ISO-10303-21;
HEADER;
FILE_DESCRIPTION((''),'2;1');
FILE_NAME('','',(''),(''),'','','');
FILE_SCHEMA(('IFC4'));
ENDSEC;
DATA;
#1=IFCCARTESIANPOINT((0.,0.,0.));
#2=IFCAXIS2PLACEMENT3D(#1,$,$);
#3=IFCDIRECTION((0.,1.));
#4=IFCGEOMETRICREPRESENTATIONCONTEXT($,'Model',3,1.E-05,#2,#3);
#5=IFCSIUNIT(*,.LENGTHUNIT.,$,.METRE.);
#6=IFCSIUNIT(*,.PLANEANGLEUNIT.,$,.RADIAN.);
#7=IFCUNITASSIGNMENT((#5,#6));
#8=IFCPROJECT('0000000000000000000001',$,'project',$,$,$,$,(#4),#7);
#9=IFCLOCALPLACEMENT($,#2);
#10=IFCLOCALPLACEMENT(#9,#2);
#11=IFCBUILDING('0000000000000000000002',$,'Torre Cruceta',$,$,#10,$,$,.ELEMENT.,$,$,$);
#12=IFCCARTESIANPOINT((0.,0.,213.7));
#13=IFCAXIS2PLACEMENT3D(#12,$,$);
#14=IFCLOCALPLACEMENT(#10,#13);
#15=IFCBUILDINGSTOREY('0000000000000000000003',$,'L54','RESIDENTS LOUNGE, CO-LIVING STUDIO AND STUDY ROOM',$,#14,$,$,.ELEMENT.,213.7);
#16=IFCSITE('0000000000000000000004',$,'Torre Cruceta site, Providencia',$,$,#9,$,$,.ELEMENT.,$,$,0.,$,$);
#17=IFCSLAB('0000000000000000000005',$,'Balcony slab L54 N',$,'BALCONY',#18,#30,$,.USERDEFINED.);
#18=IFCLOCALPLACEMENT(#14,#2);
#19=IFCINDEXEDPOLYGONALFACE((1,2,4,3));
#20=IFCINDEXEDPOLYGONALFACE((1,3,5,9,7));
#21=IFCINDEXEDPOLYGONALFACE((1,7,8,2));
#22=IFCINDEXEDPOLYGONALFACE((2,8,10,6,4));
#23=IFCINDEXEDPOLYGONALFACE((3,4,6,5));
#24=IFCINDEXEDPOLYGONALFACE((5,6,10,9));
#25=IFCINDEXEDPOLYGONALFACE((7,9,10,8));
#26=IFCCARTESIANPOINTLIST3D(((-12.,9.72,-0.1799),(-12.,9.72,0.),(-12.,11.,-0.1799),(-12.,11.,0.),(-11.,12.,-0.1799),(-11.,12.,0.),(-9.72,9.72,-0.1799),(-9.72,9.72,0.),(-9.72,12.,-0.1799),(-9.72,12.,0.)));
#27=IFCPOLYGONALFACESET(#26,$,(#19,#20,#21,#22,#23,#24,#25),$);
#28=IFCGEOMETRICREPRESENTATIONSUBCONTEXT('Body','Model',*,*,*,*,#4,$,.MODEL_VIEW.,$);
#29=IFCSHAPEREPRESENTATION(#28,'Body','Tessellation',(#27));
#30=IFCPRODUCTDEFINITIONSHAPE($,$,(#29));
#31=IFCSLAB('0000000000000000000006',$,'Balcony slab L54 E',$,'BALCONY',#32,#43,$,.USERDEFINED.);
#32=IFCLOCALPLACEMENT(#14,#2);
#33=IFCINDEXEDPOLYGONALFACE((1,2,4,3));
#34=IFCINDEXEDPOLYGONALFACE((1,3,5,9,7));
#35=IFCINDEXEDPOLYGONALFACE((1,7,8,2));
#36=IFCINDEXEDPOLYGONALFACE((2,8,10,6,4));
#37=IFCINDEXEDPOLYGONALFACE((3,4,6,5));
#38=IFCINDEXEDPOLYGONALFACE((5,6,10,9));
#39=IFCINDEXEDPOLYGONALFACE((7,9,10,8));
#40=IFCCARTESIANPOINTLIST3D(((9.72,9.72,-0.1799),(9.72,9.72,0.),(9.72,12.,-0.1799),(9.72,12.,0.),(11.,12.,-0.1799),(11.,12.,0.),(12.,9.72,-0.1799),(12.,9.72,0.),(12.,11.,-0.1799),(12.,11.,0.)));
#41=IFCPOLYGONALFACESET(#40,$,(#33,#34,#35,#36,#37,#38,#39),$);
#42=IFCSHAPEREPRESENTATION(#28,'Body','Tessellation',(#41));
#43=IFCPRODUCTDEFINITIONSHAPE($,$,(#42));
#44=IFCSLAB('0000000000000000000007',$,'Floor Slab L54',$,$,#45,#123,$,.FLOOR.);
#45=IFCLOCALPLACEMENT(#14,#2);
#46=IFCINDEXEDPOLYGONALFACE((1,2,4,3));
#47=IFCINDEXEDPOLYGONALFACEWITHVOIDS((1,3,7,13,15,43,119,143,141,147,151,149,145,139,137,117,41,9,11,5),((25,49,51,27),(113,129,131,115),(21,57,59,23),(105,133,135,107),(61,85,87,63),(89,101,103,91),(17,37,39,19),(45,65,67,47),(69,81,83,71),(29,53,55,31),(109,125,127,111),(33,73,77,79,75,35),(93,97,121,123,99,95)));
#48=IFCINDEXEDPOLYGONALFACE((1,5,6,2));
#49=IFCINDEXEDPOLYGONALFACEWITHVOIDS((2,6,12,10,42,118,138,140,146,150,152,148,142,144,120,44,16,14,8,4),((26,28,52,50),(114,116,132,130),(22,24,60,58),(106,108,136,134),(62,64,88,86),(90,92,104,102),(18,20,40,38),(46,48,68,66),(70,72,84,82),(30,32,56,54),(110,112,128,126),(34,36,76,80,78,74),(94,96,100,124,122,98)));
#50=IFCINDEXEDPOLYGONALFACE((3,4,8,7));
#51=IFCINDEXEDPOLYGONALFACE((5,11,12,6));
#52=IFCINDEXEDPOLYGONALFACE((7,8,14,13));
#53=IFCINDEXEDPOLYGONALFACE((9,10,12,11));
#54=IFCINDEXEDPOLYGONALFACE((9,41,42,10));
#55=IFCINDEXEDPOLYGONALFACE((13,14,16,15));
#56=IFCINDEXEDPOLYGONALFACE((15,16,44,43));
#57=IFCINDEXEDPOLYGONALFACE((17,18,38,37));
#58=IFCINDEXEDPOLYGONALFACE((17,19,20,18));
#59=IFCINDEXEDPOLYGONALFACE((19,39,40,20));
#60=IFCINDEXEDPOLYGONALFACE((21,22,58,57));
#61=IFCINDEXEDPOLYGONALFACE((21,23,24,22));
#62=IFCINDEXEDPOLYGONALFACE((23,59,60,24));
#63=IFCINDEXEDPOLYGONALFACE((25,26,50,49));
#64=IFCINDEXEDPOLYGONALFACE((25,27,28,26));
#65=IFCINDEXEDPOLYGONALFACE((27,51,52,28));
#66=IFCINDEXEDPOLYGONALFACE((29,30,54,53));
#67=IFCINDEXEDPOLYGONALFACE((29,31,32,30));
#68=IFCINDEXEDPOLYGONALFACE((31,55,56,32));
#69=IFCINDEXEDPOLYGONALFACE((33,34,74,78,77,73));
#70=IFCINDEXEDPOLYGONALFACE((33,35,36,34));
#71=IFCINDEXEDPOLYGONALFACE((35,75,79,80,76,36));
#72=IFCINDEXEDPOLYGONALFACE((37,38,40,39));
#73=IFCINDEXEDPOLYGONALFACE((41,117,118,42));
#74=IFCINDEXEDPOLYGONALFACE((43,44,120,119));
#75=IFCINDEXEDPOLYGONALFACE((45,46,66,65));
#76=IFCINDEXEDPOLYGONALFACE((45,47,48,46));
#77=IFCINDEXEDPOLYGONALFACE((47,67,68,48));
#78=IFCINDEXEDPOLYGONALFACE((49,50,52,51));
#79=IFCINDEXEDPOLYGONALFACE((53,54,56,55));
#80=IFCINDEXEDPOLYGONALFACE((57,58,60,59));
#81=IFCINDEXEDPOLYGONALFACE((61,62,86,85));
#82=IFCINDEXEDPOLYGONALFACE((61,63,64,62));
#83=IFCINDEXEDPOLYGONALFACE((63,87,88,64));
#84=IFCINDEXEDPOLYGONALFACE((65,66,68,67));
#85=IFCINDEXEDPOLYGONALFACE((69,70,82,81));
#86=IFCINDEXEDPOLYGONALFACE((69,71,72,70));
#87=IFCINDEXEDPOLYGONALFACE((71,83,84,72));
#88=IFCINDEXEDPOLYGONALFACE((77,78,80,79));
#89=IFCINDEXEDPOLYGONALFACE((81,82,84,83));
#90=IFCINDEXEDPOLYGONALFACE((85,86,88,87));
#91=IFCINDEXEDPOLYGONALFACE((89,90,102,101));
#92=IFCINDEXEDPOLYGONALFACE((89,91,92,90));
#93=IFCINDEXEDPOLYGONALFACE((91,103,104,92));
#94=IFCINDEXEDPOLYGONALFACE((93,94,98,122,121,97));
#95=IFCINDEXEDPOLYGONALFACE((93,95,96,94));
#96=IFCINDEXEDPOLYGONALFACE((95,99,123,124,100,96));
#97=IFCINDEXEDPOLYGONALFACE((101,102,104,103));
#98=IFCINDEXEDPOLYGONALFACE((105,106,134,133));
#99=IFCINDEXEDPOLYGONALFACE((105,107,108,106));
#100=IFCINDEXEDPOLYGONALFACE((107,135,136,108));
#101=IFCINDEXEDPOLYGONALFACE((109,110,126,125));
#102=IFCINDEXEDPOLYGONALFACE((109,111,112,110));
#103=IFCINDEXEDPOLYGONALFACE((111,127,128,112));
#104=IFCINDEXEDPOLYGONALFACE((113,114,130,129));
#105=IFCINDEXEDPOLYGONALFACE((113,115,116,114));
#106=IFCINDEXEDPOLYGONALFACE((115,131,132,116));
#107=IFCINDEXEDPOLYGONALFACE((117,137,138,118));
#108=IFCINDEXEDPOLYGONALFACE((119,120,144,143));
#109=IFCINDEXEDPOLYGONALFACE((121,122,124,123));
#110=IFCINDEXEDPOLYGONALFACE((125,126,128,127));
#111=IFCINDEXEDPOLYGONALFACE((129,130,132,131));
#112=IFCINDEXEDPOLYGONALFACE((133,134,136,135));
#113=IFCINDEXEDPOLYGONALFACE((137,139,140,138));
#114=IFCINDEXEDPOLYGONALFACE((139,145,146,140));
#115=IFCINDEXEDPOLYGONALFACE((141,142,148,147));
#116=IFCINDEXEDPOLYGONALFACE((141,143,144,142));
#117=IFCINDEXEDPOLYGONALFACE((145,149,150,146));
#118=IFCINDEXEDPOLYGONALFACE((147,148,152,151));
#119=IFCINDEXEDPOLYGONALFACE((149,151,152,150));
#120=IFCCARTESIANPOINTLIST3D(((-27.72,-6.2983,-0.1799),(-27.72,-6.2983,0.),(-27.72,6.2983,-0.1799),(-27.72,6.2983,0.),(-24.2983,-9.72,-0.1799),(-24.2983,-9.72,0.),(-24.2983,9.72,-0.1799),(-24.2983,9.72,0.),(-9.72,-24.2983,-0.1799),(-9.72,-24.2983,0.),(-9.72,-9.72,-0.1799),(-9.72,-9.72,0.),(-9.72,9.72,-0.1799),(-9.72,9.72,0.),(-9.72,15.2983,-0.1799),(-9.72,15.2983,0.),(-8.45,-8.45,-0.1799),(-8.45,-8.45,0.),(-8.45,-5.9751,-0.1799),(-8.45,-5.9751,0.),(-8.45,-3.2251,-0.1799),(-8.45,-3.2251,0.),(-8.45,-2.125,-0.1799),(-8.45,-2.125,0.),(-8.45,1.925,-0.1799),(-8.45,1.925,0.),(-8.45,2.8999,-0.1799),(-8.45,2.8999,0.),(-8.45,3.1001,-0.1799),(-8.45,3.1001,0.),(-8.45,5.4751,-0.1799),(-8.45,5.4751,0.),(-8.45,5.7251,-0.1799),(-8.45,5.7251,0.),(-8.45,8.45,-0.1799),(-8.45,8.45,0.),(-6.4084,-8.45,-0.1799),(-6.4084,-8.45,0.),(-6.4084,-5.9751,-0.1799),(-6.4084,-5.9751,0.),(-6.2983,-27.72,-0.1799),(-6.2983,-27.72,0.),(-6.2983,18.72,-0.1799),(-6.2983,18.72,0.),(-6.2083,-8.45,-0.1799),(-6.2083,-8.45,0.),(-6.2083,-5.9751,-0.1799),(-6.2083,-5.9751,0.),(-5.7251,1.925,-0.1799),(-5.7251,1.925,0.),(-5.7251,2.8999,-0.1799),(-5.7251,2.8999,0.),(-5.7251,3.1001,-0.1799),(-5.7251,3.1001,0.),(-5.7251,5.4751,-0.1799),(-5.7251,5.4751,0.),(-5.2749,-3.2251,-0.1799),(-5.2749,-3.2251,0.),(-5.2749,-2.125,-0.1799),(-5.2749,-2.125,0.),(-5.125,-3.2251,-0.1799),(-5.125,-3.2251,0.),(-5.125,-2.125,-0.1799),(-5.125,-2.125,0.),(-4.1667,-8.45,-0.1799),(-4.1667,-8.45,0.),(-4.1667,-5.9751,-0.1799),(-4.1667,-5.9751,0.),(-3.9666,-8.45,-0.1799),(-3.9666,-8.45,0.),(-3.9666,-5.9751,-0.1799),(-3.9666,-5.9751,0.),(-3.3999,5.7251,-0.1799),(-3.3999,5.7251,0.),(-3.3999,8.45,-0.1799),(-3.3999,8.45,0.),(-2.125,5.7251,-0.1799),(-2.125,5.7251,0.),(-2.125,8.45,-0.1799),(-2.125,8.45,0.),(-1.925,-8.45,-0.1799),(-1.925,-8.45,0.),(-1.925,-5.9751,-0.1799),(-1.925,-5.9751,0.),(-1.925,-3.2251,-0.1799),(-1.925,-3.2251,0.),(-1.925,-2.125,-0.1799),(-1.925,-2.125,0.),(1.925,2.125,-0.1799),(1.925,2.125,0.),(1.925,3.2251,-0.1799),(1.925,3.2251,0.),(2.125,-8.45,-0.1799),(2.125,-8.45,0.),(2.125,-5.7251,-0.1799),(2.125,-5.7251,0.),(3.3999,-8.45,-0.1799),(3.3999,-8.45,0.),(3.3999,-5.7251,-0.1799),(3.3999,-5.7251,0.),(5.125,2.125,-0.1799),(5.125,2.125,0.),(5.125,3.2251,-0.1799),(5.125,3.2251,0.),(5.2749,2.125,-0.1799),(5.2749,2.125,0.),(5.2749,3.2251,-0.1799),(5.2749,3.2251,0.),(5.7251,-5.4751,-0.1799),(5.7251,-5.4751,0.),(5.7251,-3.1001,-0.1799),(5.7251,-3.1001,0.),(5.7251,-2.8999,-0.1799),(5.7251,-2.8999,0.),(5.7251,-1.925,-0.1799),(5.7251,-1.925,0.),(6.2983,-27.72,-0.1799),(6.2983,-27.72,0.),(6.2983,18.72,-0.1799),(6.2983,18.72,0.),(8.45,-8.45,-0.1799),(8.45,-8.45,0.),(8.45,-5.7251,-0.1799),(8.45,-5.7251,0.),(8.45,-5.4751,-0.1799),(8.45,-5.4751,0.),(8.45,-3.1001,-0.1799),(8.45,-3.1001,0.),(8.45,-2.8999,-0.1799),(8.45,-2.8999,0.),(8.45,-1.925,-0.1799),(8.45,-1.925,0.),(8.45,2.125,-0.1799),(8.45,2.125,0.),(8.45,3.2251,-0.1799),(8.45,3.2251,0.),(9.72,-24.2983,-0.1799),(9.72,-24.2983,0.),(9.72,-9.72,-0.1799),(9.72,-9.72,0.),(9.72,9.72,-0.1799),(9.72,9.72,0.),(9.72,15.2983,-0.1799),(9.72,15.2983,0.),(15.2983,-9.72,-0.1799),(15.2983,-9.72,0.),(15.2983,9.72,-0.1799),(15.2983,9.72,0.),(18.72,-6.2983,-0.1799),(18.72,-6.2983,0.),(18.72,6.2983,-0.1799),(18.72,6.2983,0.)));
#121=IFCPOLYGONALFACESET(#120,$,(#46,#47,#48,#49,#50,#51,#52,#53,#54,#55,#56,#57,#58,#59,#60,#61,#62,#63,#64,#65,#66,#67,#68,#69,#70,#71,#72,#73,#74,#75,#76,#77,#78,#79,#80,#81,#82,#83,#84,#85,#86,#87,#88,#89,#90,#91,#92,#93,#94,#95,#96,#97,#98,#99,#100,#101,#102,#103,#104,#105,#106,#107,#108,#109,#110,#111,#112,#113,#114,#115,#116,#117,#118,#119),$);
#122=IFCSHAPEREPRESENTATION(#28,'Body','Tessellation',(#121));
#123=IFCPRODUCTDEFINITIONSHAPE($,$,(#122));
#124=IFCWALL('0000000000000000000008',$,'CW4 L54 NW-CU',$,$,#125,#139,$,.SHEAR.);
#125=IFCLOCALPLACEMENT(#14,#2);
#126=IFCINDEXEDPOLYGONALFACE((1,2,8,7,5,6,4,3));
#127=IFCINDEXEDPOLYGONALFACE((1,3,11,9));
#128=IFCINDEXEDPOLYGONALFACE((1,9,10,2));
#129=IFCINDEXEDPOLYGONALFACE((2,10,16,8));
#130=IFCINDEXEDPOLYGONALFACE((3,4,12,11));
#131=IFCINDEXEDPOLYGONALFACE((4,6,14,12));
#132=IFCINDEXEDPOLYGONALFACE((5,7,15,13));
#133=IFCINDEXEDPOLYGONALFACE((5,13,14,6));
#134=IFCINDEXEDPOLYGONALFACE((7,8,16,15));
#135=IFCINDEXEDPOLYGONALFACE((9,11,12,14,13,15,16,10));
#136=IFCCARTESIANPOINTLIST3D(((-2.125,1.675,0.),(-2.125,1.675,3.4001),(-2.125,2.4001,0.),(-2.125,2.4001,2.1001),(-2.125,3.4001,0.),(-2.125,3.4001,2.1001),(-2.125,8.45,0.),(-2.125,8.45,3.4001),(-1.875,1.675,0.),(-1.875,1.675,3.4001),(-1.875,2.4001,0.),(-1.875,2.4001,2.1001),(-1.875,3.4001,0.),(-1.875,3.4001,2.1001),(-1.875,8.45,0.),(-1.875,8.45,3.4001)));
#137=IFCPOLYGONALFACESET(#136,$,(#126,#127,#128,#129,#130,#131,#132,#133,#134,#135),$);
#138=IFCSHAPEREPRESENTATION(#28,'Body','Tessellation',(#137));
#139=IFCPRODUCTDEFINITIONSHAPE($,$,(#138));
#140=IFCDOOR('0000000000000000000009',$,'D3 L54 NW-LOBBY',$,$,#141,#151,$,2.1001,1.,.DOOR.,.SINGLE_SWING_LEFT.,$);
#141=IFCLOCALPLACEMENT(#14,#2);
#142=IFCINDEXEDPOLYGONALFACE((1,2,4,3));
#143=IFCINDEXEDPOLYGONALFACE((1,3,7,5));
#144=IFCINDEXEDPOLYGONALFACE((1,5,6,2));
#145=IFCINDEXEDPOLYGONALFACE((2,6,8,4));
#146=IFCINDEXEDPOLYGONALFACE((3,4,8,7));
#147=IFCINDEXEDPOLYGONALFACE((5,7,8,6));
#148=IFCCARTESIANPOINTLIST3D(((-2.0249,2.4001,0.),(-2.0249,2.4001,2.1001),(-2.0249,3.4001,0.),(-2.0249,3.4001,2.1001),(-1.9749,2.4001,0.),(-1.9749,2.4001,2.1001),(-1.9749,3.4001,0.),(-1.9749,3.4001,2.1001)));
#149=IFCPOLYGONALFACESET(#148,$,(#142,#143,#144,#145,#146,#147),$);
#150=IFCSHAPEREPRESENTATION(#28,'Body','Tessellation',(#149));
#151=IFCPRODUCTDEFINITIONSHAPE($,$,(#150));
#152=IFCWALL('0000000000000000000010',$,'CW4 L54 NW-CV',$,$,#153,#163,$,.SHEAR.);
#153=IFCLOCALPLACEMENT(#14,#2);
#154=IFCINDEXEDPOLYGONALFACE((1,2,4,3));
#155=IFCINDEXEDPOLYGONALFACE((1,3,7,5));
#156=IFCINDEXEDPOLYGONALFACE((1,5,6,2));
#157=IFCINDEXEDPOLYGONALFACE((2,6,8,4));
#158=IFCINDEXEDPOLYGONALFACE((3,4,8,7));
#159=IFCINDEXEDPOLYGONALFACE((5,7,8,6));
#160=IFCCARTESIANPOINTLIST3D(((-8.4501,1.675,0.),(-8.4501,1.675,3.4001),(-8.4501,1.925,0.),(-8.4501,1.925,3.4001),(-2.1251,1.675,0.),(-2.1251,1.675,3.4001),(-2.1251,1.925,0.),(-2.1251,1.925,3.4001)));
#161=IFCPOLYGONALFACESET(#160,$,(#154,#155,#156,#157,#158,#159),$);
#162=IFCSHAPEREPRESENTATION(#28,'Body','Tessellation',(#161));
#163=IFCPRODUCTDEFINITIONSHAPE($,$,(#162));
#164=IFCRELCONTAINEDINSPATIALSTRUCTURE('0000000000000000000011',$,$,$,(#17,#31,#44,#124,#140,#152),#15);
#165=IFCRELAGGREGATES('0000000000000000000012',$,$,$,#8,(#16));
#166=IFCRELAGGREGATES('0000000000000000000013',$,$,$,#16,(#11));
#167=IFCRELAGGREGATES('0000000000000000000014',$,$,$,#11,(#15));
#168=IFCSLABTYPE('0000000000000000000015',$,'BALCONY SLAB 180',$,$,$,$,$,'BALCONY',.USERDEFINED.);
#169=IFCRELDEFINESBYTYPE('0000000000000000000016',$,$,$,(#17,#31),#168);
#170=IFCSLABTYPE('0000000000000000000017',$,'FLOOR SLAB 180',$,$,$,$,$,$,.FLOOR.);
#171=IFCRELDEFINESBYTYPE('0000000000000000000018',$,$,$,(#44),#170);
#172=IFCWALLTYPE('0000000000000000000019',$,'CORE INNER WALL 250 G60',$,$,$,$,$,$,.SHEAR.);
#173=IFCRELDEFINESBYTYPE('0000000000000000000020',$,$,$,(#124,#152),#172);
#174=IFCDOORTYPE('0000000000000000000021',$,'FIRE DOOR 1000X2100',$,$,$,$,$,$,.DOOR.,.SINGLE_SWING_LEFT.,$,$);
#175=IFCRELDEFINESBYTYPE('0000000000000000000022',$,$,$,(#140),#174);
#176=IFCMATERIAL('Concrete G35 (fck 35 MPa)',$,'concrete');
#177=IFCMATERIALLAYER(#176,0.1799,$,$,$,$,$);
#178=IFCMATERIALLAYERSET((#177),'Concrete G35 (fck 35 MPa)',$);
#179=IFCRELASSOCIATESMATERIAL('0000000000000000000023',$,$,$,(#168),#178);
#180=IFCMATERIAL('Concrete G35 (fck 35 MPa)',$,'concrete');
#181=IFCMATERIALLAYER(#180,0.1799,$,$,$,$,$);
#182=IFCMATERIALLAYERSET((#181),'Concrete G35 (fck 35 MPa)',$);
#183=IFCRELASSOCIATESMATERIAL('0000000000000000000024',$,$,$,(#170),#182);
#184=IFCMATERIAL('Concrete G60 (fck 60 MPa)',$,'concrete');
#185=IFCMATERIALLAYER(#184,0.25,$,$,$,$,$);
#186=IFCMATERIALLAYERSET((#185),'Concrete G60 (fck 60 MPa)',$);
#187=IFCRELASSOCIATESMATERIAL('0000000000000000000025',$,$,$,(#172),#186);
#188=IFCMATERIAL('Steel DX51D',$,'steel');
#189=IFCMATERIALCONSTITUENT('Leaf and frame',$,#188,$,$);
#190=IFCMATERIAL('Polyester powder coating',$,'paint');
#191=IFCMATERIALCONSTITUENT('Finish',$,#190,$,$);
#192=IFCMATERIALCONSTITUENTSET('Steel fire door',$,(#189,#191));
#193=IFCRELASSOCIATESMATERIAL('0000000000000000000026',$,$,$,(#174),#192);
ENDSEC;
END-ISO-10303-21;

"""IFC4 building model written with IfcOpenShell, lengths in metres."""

from ifc_helpers import new_model, si_unit, direction, frame, frame_2d, origin, place, context, subcontext, project, spatial, polyline, rectangle, outline, extrude, material, layer, layer_set, constituent, constituent_set, type_object, element, fill, save


model = new_model("IFC4")

# Units and contexts
model_context = context("Model", 3, precision=1e-05, world=origin(), true_north=direction((0.0, 1.0)))
body_context = subcontext(model_context, "Body", "Model", "MODEL_VIEW")
ifc_project = project(units=[si_unit("LENGTHUNIT", "METRE"), si_unit("PLANEANGLEUNIT", "RADIAN")], contexts=[model_context])

# Site, building, storey
site_placement = place(None, origin())
site = spatial("IfcSite", under=ifc_project, at=site_placement, Name="Torre Cruceta site, Providencia", CompositionType="ELEMENT", RefElevation=0.0)
building_placement = place(site_placement, origin())
building = spatial("IfcBuilding", under=site, at=building_placement, Name="Torre Cruceta", CompositionType="ELEMENT")
storey_placement = place(building_placement, frame((0.0, 0.0, 213.7)))
storey = spatial("IfcBuildingStorey", under=building, at=storey_placement, Name="L54", Description="RESIDENTS LOUNGE, CO-LIVING STUDIO AND STUDY ROOM", CompositionType="ELEMENT", Elevation=213.7)

# Slabs
ifc_material_1 = material(Name="Concrete G35 (fck 35 MPa)", Category="concrete")
ifc_layer_1 = layer(ifc_material_1, 0.1799)
ifc_layer_set_1 = layer_set([ifc_layer_1], Name="Concrete G35 (fck 35 MPa)")
slab_type_1 = type_object("IfcSlabType", Name="BALCONY SLAB 180", ElementType="BALCONY", PredefinedType="USERDEFINED", material=ifc_layer_set_1)
slab_1_placement = place(storey_placement, frame((0.0, 0.0, -0.1799)))
element("IfcSlab", 1, at=slab_1_placement, inside=storey, type_object=slab_type_1, Name="Balcony slab L54 N", ObjectType="BALCONY", PredefinedType="USERDEFINED", context=body_context, shape_type="SweptSolid", body=[
    extrude(outline(polyline([(-12.0, 11.0), (-11.0, 12.0), (-9.72, 12.0), (-9.72, 9.72), (-12.0, 9.72), (-12.0, 11.0)])), origin(), (0.0, 0.0, 1.0), 0.1799),
])
slab_2_placement = place(storey_placement, frame((0.0, 0.0, -0.1799)))
element("IfcSlab", 2, at=slab_2_placement, inside=storey, type_object=slab_type_1, Name="Balcony slab L54 E", ObjectType="BALCONY", PredefinedType="USERDEFINED", context=body_context, shape_type="SweptSolid", body=[
    extrude(outline(polyline([(11.0, 12.0), (12.0, 11.0), (12.0, 9.72), (9.72, 9.72), (9.72, 12.0), (11.0, 12.0)])), origin(), (0.0, 0.0, 1.0), 0.1799),
])
ifc_material_2 = material(Name="Concrete G35 (fck 35 MPa)", Category="concrete")
ifc_layer_2 = layer(ifc_material_2, 0.1799)
ifc_layer_set_2 = layer_set([ifc_layer_2], Name="Concrete G35 (fck 35 MPa)")
slab_type_2 = type_object("IfcSlabType", Name="FLOOR SLAB 180", PredefinedType="FLOOR", material=ifc_layer_set_2)
slab_3_placement = place(storey_placement, frame((0.0, 0.0, -0.1799)))
element("IfcSlab", 3, at=slab_3_placement, inside=storey, type_object=slab_type_2, Name="Floor Slab L54", PredefinedType="FLOOR", context=body_context, shape_type="SweptSolid", body=[
    extrude(outline(polyline([(9.72, -9.72), (9.72, -24.2983), (6.2983, -27.72), (-6.2983, -27.72), (-9.72, -24.2983), (-9.72, -9.72), (-24.2983, -9.72), (-27.72, -6.2983), (-27.72, 6.2983), (-24.2983, 9.72), (-9.72, 9.72), (-9.72, 15.2983), (-6.2983, 18.72), (6.2983, 18.72), (9.72, 15.2983), (9.72, 9.72), (15.2983, 9.72), (18.72, 6.2983), (18.72, -6.2983), (15.2983, -9.72), (9.72, -9.72)]), holes=[polyline([(1.925, 2.125), (5.125, 2.125), (5.125, 3.2251), (1.925, 3.2251), (1.925, 2.125)]), polyline([(5.2749, 2.125), (8.45, 2.125), (8.45, 3.2251), (5.2749, 3.2251), (5.2749, 2.125)]), polyline([(-8.45, 3.1001), (-5.7251, 3.1001), (-5.7251, 5.4751), (-8.45, 5.4751), (-8.45, 3.1001)]), polyline([(-8.45, 1.925), (-5.7251, 1.925), (-5.7251, 2.8999), (-8.45, 2.8999), (-8.45, 1.925)]), polyline([(-3.9666, -8.45), (-1.925, -8.45), (-1.925, -5.9751), (-3.9666, -5.9751), (-3.9666, -8.45)]), polyline([(-6.2083, -8.45), (-4.1667, -8.45), (-4.1667, -5.9751), (-6.2083, -5.9751), (-6.2083, -8.45)]), polyline([(-8.45, -8.45), (-6.4084, -8.45), (-6.4084, -5.9751), (-8.45, -5.9751), (-8.45, -8.45)]), polyline([(-5.125, -3.2251), (-1.925, -3.2251), (-1.925, -2.125), (-5.125, -2.125), (-5.125, -3.2251)]), polyline([(-8.45, -3.2251), (-5.2749, -3.2251), (-5.2749, -2.125), (-8.45, -2.125), (-8.45, -3.2251)]), polyline([(5.7251, -5.4751), (8.45, -5.4751), (8.45, -3.1001), (5.7251, -3.1001), (5.7251, -5.4751)]), polyline([(5.7251, -2.8999), (8.45, -2.8999), (8.45, -1.925), (5.7251, -1.925), (5.7251, -2.8999)]), polyline([(-8.45, 5.7251), (-8.45, 8.45), (-3.3999, 8.45), (-2.125, 8.45), (-2.125, 5.7251), (-3.3999, 5.7251), (-8.45, 5.7251)]), polyline([(2.125, -5.7251), (3.3999, -5.7251), (8.45, -5.7251), (8.45, -8.45), (3.3999, -8.45), (2.125, -8.45), (2.125, -5.7251)])]), origin(), (0.0, 0.0, 1.0), 0.1799),
])

# Wall, opening, door
ifc_material_3 = material(Name="Concrete G60 (fck 60 MPa)", Category="concrete")
ifc_layer_3 = layer(ifc_material_3, 0.25)
ifc_layer_set_3 = layer_set([ifc_layer_3], Name="Concrete G60 (fck 60 MPa)")
wall_type_1 = type_object("IfcWallType", Name="CORE INNER WALL 250 G60", PredefinedType="SHEAR", material=ifc_layer_set_3)
wall_1_placement = place(storey_placement, frame((-2.0, 1.675, 0.0), z_axis=(0.0, 0.0, 1.0), x_axis=(0.0, 1.0, 0.0)))
wall_1 = element("IfcWall", 4, at=wall_1_placement, inside=storey, type_object=wall_type_1, Name="CW4 L54 NW-CU", PredefinedType="SHEAR", context=body_context, shape_type="SweptSolid", body=[
    extrude(rectangle(XDim=6.7749, YDim=0.25, at=frame_2d((3.3875, 0.0))), origin(), (0.0, 0.0, 1.0), 3.4001),
])
opening_1_placement = place(wall_1_placement, frame((0.7251, 0.0, 0.0)))
opening_1 = element("IfcOpeningElement", 5, at=opening_1_placement, cuts=wall_1, PredefinedType="OPENING", context=body_context, shape_type="SweptSolid", body=[
    extrude(rectangle(XDim=1.0, YDim=2.1001, at=frame_2d((0.5, 1.05))), frame((0.0, 0.135, 0.0), z_axis=(0.0, -1.0, 0.0), x_axis=(1.0, 0.0, 0.0)), (0.0, 0.0, 1.0), 0.27),
])
ifc_material_4 = material(Name="Steel DX51D", Category="steel")
ifc_constituent_1 = constituent(ifc_material_4, Name="Leaf and frame")
ifc_material_5 = material(Name="Polyester powder coating", Category="paint")
ifc_constituent_2 = constituent(ifc_material_5, Name="Finish")
ifc_constituent_set_1 = constituent_set(constituents=[ifc_constituent_1, ifc_constituent_2], Name="Steel fire door")
door_type_1 = type_object("IfcDoorType", Name="FIRE DOOR 1000X2100", OperationType="SINGLE_SWING_LEFT", PredefinedType="DOOR", material=ifc_constituent_set_1)
door_1_placement = place(opening_1_placement, origin())
door_1 = element("IfcDoor", 6, at=door_1_placement, inside=storey, type_object=door_type_1, Name="D3 L54 NW-LOBBY", OperationType="SINGLE_SWING_LEFT", OverallHeight=2.1001, OverallWidth=1.0, PredefinedType="DOOR", context=body_context, shape_type="SweptSolid", body=[
    extrude(rectangle(XDim=1.0, YDim=2.1001, at=frame_2d((0.5, 1.05))), frame((0.0, 0.0249, 0.0), z_axis=(0.0, -1.0, 0.0), x_axis=(1.0, 0.0, 0.0)), (0.0, 0.0, 1.0), 0.05),
])
fill(opening_1, door_1)

# Wall
wall_2_placement = place(storey_placement, frame((-2.125, 1.8, 0.0), z_axis=(0.0, 0.0, 1.0), x_axis=(-1.0, 0.0, 0.0)))
element("IfcWall", 7, at=wall_2_placement, inside=storey, type_object=wall_type_1, Name="CW4 L54 NW-CV", PredefinedType="SHEAR", context=body_context, shape_type="SweptSolid", body=[
    extrude(rectangle(XDim=6.325, YDim=0.25, at=frame_2d((3.1626, 0.0))), origin(), (0.0, 0.0, 1.0), 3.4001),
])

save(model, "model.ifc")
